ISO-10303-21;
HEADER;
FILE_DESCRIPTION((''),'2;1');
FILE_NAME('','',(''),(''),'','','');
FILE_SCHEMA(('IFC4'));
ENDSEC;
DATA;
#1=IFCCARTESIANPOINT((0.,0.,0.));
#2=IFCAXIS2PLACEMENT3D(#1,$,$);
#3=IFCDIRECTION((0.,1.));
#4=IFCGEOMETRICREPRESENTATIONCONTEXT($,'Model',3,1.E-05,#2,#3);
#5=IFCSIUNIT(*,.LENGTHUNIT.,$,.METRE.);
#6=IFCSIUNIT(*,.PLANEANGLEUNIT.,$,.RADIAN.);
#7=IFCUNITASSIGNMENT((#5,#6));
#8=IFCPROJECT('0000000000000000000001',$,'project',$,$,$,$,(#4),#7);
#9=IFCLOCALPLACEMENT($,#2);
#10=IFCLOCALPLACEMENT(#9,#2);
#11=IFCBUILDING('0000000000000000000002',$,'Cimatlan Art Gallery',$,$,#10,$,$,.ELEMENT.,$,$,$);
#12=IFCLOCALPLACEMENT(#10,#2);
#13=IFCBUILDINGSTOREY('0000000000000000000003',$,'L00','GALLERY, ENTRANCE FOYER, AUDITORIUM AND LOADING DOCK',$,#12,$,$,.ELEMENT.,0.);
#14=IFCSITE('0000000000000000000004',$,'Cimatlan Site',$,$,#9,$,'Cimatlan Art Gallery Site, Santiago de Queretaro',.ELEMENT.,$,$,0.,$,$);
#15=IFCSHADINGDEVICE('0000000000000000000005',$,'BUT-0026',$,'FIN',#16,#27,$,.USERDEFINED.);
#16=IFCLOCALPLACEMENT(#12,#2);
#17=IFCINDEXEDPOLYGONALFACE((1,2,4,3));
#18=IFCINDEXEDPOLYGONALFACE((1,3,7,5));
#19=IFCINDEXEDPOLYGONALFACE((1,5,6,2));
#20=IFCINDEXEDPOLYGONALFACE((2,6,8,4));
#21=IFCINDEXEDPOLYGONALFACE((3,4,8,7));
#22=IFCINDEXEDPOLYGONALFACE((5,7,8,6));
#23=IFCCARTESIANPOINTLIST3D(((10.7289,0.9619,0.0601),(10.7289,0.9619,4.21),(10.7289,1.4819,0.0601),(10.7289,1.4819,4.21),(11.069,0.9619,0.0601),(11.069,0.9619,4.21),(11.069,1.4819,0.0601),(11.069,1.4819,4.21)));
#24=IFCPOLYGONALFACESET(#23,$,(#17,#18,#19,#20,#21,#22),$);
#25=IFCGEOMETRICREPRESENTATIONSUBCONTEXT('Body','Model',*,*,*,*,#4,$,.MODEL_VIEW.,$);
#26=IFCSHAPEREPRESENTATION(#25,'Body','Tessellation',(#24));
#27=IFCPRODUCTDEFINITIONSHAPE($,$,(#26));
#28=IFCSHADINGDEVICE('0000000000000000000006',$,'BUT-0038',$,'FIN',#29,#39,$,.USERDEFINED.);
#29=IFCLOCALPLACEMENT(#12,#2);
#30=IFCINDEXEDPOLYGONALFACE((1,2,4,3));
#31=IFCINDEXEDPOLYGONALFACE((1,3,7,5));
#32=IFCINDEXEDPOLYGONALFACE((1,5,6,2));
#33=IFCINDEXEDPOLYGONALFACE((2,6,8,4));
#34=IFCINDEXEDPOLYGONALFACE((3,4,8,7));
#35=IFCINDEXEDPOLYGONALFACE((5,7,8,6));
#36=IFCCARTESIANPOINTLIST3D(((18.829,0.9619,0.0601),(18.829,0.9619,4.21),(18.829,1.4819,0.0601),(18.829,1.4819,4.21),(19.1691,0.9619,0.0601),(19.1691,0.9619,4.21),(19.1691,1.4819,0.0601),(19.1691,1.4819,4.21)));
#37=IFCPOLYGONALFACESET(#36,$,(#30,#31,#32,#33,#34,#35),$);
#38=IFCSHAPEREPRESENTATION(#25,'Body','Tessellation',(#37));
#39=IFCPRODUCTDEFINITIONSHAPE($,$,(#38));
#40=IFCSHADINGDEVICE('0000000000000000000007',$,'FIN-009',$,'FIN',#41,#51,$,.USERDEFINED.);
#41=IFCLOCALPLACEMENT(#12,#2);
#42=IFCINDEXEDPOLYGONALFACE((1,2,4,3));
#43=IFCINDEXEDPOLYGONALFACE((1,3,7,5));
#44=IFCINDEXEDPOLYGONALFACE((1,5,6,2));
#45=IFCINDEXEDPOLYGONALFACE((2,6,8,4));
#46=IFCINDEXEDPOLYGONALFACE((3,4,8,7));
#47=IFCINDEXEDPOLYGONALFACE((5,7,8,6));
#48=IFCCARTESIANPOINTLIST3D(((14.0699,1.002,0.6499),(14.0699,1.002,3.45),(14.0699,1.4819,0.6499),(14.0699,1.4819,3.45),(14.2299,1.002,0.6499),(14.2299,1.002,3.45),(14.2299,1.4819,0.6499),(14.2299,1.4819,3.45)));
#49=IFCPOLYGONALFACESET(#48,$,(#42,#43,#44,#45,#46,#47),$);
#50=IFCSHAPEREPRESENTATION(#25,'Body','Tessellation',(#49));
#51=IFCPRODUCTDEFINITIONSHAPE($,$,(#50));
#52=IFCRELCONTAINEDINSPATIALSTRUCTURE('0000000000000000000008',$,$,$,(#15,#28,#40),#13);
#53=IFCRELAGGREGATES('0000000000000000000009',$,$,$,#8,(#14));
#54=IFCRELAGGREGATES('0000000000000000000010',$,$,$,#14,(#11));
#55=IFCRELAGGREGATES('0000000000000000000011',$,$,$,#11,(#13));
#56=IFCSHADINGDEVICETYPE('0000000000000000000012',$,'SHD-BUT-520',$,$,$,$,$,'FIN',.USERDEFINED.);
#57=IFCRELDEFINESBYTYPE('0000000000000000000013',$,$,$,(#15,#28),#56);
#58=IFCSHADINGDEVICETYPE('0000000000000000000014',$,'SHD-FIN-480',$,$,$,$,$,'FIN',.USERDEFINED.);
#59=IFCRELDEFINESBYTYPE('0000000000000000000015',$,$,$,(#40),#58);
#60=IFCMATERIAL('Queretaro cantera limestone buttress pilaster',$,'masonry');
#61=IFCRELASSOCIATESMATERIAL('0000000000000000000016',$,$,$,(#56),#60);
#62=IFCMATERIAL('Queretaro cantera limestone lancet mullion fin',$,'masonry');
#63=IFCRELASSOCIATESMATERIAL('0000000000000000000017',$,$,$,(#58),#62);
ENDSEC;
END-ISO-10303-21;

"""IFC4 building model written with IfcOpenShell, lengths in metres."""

from ifc_helpers import new_model, si_unit, direction, frame, origin, origin_2d, place, context, subcontext, project, spatial, rectangle, extrude, material, type_object, element, save


model = new_model("IFC4")

# Units and contexts
model_context = context("Model", 3, precision=1e-05, world=origin(), true_north=direction((0.0, 1.0)))
body_context = subcontext(model_context, "Body", "Model", "MODEL_VIEW")
ifc_project = project(units=[si_unit("LENGTHUNIT", "METRE"), si_unit("PLANEANGLEUNIT", "RADIAN")], contexts=[model_context])

# Site, building, storey
site_placement = place(None, origin())
site = spatial("IfcSite", under=ifc_project, at=site_placement, Name="Cimatlan Site", LongName="Cimatlan Art Gallery Site, Santiago de Queretaro", CompositionType="ELEMENT", RefElevation=0.0)
building_placement = place(site_placement, origin())
building = spatial("IfcBuilding", under=site, at=building_placement, Name="Cimatlan Art Gallery", CompositionType="ELEMENT")
storey_placement = place(building_placement, origin())
storey = spatial("IfcBuildingStorey", under=building, at=storey_placement, Name="L00", Description="GALLERY, ENTRANCE FOYER, AUDITORIUM AND LOADING DOCK", CompositionType="ELEMENT", Elevation=0.0)

# Shading devices
ifc_material_1 = material(Name="Queretaro cantera limestone buttress pilaster", Category="masonry")
shading_device_type_1 = type_object("IfcShadingDeviceType", Name="SHD-BUT-520", ElementType="FIN", PredefinedType="USERDEFINED", material=ifc_material_1)
for number, where, z_axis, x_axis, name in (
    (1, (10.8989, 1.2219, 0.0601), (0.0, 0.0, 1.0), (-1.0, 0.0, 0.0), "BUT-0026"),
    (2, (18.999, 1.2219, 0.0601), (0.0, 0.0, 1.0), (-1.0, 0.0, 0.0), "BUT-0038"),
):
    element("IfcShadingDevice", number, at=place(storey_placement, frame(where, z_axis=z_axis, x_axis=x_axis)), inside=storey, type_object=shading_device_type_1, Name=name, ObjectType="FIN", PredefinedType="USERDEFINED", context=body_context, shape_type="SweptSolid", body=[
        extrude(rectangle(XDim=0.3401, YDim=0.52, at=origin_2d()), origin(), (0.0, 0.0, 1.0), 4.1499),
    ])
ifc_material_2 = material(Name="Queretaro cantera limestone lancet mullion fin", Category="masonry")
shading_device_type_2 = type_object("IfcShadingDeviceType", Name="SHD-FIN-480", ElementType="FIN", PredefinedType="USERDEFINED", material=ifc_material_2)
shading_device_placement = place(storey_placement, frame((14.1499, 1.2419, 0.6499), z_axis=(0.0, 0.0, 1.0), x_axis=(-1.0, 0.0, 0.0)))
element("IfcShadingDevice", 3, at=shading_device_placement, inside=storey, type_object=shading_device_type_2, Name="FIN-009", ObjectType="FIN", PredefinedType="USERDEFINED", context=body_context, shape_type="SweptSolid", body=[
    extrude(rectangle(XDim=0.1599, YDim=0.48, at=origin_2d()), origin(), (0.0, 0.0, 1.0), 2.8),
])

save(model, "model.ifc")
